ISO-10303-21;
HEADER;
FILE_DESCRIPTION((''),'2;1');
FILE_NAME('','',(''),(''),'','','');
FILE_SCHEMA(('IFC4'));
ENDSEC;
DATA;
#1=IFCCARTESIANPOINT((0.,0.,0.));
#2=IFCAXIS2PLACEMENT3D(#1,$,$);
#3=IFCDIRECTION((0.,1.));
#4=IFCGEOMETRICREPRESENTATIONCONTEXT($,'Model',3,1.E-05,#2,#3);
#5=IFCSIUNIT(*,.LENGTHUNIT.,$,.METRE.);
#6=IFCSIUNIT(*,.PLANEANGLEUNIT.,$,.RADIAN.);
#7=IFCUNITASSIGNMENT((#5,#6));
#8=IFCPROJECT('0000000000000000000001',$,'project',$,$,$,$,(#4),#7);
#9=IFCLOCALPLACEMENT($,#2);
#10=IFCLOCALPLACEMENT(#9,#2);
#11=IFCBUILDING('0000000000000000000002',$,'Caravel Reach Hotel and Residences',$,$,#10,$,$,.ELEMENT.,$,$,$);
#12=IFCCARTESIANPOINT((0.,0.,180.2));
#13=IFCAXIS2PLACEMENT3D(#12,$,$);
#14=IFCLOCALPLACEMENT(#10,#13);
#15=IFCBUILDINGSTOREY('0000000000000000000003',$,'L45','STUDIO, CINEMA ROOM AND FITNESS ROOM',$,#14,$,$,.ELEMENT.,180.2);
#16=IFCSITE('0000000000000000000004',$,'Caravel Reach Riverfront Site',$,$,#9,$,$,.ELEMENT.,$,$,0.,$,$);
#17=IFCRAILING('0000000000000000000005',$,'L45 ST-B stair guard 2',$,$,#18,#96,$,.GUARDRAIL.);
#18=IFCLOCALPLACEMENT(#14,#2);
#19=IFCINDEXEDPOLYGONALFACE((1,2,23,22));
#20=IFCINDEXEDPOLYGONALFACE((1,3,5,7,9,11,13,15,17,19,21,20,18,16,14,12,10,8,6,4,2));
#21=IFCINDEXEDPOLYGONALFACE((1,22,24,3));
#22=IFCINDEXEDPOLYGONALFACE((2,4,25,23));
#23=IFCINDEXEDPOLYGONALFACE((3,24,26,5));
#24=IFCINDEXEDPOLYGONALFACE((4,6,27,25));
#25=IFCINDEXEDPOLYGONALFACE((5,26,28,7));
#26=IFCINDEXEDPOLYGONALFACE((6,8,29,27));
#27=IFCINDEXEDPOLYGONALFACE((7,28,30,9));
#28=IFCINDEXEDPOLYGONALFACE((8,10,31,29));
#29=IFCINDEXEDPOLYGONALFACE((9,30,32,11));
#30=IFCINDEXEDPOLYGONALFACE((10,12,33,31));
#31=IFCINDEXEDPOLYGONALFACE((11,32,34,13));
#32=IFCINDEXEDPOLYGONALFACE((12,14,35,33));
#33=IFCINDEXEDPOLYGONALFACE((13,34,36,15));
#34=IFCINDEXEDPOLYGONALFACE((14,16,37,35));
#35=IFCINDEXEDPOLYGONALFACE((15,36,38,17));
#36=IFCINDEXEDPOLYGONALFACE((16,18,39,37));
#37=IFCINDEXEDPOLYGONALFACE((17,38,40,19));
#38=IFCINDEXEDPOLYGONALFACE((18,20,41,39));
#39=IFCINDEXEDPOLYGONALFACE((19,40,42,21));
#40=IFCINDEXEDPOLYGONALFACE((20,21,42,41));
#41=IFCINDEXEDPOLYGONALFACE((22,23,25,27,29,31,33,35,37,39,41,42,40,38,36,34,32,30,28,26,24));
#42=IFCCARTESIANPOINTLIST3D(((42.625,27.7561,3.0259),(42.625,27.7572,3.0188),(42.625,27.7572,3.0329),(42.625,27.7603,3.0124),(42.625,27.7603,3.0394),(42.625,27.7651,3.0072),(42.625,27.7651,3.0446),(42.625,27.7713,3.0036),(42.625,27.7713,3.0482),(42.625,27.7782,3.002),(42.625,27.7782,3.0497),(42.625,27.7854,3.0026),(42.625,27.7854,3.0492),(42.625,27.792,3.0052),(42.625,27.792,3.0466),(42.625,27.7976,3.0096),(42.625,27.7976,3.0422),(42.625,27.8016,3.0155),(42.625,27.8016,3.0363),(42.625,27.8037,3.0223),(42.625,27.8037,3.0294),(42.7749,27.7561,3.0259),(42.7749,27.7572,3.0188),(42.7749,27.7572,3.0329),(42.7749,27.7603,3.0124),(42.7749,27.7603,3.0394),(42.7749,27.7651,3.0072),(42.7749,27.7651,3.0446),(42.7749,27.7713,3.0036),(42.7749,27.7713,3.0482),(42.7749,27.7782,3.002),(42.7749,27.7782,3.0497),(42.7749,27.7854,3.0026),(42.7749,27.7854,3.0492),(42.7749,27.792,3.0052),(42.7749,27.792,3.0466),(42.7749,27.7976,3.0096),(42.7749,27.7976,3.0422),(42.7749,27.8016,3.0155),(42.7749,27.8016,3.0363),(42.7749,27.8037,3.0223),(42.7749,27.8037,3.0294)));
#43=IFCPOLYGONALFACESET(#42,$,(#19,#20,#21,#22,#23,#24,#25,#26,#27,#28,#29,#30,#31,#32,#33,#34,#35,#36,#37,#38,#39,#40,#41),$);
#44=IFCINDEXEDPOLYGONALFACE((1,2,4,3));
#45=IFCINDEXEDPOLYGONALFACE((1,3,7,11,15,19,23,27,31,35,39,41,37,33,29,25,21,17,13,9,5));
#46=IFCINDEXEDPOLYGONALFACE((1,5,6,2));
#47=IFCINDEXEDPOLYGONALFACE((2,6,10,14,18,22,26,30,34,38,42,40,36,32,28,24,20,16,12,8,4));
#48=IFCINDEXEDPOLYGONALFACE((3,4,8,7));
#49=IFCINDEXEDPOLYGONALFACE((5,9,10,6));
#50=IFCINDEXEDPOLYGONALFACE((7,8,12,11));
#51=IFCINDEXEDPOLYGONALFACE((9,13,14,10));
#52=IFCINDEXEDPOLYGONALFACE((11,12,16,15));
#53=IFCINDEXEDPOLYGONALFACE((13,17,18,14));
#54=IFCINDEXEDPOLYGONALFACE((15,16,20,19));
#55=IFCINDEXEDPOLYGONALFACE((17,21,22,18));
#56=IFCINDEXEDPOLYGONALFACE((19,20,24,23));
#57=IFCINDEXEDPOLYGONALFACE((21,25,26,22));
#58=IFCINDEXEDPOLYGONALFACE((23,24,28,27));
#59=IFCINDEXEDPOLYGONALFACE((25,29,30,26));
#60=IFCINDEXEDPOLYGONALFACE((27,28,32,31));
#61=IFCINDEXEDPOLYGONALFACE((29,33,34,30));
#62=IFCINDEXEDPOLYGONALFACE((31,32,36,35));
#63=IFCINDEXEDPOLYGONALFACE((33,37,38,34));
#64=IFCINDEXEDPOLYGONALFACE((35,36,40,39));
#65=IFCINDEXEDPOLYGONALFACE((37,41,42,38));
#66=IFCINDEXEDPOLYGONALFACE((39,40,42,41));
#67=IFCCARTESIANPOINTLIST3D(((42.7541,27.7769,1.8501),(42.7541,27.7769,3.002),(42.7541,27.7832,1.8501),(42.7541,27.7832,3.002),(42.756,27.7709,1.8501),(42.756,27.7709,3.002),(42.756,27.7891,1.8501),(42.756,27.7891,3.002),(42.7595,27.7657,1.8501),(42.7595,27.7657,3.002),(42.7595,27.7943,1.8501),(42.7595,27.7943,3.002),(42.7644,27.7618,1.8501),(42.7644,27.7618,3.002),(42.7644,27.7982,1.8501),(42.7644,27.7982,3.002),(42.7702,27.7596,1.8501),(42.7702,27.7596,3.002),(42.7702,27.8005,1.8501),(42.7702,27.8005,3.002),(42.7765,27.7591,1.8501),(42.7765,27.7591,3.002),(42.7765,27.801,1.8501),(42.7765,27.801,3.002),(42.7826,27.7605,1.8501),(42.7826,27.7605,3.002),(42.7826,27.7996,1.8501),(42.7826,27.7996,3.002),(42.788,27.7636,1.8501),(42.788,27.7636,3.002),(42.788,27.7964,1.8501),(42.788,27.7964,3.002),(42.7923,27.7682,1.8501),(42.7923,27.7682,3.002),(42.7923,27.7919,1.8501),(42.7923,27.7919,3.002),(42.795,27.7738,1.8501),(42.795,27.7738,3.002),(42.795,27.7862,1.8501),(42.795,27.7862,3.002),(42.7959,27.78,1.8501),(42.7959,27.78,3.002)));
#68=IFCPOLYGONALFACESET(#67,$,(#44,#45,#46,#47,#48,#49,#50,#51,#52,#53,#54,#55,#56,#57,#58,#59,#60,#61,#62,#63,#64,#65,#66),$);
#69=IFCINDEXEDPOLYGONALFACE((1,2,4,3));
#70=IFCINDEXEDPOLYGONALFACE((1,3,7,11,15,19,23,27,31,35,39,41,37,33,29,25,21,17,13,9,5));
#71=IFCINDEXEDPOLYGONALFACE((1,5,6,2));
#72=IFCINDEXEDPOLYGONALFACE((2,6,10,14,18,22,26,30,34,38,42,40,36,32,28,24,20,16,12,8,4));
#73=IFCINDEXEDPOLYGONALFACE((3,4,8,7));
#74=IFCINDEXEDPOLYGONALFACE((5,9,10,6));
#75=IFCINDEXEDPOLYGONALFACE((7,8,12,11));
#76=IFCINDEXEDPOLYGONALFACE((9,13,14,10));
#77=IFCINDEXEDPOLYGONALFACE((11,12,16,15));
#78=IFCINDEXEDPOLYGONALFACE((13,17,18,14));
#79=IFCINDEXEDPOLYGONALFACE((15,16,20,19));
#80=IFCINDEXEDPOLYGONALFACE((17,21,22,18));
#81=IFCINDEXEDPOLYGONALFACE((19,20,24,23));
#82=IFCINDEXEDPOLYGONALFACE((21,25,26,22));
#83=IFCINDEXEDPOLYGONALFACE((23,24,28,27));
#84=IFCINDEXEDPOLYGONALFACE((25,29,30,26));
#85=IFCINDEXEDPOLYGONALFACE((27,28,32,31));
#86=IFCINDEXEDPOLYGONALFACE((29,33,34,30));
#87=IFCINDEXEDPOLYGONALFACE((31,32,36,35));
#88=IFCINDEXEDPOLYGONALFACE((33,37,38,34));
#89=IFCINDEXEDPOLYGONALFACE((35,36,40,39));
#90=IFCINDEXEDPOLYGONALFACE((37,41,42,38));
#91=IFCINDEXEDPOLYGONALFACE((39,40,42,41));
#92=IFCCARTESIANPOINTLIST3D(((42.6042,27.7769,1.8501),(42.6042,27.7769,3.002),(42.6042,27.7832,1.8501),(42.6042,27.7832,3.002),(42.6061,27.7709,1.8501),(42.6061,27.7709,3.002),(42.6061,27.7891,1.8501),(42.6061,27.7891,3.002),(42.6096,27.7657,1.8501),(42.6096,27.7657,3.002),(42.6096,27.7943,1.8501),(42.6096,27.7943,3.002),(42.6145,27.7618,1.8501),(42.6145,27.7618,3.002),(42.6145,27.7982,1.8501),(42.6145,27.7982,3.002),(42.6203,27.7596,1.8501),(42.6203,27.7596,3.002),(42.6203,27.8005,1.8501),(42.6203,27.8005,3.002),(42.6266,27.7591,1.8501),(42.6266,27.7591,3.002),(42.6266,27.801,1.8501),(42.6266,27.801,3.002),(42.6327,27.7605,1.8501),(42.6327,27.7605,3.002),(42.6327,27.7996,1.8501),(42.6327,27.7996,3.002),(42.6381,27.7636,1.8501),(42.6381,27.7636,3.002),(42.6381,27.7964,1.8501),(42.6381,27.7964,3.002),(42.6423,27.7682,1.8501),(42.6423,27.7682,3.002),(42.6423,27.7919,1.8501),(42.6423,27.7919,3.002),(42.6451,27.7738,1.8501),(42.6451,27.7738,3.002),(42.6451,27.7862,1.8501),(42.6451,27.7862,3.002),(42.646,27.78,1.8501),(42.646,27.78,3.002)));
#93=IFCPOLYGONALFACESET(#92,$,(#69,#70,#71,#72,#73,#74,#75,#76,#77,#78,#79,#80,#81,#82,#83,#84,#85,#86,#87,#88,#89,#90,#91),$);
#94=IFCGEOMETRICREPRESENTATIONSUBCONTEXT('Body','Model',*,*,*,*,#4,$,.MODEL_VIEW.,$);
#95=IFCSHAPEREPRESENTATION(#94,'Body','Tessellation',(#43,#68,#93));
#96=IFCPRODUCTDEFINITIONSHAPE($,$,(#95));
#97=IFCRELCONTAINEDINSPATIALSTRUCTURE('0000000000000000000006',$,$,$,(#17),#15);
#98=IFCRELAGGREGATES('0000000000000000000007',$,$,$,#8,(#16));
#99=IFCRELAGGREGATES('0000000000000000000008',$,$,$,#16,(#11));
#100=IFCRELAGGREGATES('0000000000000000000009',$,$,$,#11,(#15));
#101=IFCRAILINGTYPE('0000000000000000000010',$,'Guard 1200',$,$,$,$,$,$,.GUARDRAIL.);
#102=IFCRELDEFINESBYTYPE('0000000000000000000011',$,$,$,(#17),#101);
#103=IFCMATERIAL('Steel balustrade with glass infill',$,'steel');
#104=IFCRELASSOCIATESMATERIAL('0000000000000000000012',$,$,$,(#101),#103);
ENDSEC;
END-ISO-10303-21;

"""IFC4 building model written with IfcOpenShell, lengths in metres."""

from ifc_helpers import new_model, si_unit, direction, frame, origin, origin_2d, place, context, subcontext, project, spatial, circle, extrude, material, type_object, element, save


model = new_model("IFC4")

# Units and contexts
model_context = context("Model", 3, precision=1e-05, world=origin(), true_north=direction((0.0, 1.0)))
body_context = subcontext(model_context, "Body", "Model", "MODEL_VIEW")
ifc_project = project(units=[si_unit("LENGTHUNIT", "METRE"), si_unit("PLANEANGLEUNIT", "RADIAN")], contexts=[model_context])

# Site, building, storey
site_placement = place(None, origin())
site = spatial("IfcSite", under=ifc_project, at=site_placement, Name="Caravel Reach Riverfront Site", CompositionType="ELEMENT", RefElevation=0.0)
building_placement = place(site_placement, origin())
building = spatial("IfcBuilding", under=site, at=building_placement, Name="Caravel Reach Hotel and Residences", CompositionType="ELEMENT")
storey_placement = place(building_placement, frame((0.0, 0.0, 180.2)))
storey = spatial("IfcBuildingStorey", under=building, at=storey_placement, Name="L45", Description="STUDIO, CINEMA ROOM AND FITNESS ROOM", CompositionType="ELEMENT", Elevation=180.2)

# Railing
ifc_material_1 = material(Name="Steel balustrade with glass infill", Category="steel")
railing_type_1 = type_object("IfcRailingType", Name="Guard 1200", PredefinedType="GUARDRAIL", material=ifc_material_1)
railing_1_placement = place(storey_placement, frame((42.7749, 27.78, 1.8501)))
element("IfcRailing", 1, at=railing_1_placement, inside=storey, type_object=railing_type_1, Name="L45 ST-B stair guard 2", PredefinedType="GUARDRAIL", context=body_context, shape_type="SweptSolid", body=[
    extrude(circle(Radius=0.0239, at=origin_2d()), frame((0.0, 0.0, 1.1758), z_axis=(-1.0, 0.0, 0.0), x_axis=(0.0, -1.0, 0.0)), (0.0, 0.0, 1.0), 0.1499),
    extrude(circle(Radius=0.021, at=origin_2d()), origin(), (0.0, 0.0, 1.0), 1.1519),
    extrude(circle(Radius=0.021, at=origin_2d()), frame((-0.1499, 0.0, 0.0)), (0.0, 0.0, 1.0), 1.1519),
])

save(model, "model.ifc")
